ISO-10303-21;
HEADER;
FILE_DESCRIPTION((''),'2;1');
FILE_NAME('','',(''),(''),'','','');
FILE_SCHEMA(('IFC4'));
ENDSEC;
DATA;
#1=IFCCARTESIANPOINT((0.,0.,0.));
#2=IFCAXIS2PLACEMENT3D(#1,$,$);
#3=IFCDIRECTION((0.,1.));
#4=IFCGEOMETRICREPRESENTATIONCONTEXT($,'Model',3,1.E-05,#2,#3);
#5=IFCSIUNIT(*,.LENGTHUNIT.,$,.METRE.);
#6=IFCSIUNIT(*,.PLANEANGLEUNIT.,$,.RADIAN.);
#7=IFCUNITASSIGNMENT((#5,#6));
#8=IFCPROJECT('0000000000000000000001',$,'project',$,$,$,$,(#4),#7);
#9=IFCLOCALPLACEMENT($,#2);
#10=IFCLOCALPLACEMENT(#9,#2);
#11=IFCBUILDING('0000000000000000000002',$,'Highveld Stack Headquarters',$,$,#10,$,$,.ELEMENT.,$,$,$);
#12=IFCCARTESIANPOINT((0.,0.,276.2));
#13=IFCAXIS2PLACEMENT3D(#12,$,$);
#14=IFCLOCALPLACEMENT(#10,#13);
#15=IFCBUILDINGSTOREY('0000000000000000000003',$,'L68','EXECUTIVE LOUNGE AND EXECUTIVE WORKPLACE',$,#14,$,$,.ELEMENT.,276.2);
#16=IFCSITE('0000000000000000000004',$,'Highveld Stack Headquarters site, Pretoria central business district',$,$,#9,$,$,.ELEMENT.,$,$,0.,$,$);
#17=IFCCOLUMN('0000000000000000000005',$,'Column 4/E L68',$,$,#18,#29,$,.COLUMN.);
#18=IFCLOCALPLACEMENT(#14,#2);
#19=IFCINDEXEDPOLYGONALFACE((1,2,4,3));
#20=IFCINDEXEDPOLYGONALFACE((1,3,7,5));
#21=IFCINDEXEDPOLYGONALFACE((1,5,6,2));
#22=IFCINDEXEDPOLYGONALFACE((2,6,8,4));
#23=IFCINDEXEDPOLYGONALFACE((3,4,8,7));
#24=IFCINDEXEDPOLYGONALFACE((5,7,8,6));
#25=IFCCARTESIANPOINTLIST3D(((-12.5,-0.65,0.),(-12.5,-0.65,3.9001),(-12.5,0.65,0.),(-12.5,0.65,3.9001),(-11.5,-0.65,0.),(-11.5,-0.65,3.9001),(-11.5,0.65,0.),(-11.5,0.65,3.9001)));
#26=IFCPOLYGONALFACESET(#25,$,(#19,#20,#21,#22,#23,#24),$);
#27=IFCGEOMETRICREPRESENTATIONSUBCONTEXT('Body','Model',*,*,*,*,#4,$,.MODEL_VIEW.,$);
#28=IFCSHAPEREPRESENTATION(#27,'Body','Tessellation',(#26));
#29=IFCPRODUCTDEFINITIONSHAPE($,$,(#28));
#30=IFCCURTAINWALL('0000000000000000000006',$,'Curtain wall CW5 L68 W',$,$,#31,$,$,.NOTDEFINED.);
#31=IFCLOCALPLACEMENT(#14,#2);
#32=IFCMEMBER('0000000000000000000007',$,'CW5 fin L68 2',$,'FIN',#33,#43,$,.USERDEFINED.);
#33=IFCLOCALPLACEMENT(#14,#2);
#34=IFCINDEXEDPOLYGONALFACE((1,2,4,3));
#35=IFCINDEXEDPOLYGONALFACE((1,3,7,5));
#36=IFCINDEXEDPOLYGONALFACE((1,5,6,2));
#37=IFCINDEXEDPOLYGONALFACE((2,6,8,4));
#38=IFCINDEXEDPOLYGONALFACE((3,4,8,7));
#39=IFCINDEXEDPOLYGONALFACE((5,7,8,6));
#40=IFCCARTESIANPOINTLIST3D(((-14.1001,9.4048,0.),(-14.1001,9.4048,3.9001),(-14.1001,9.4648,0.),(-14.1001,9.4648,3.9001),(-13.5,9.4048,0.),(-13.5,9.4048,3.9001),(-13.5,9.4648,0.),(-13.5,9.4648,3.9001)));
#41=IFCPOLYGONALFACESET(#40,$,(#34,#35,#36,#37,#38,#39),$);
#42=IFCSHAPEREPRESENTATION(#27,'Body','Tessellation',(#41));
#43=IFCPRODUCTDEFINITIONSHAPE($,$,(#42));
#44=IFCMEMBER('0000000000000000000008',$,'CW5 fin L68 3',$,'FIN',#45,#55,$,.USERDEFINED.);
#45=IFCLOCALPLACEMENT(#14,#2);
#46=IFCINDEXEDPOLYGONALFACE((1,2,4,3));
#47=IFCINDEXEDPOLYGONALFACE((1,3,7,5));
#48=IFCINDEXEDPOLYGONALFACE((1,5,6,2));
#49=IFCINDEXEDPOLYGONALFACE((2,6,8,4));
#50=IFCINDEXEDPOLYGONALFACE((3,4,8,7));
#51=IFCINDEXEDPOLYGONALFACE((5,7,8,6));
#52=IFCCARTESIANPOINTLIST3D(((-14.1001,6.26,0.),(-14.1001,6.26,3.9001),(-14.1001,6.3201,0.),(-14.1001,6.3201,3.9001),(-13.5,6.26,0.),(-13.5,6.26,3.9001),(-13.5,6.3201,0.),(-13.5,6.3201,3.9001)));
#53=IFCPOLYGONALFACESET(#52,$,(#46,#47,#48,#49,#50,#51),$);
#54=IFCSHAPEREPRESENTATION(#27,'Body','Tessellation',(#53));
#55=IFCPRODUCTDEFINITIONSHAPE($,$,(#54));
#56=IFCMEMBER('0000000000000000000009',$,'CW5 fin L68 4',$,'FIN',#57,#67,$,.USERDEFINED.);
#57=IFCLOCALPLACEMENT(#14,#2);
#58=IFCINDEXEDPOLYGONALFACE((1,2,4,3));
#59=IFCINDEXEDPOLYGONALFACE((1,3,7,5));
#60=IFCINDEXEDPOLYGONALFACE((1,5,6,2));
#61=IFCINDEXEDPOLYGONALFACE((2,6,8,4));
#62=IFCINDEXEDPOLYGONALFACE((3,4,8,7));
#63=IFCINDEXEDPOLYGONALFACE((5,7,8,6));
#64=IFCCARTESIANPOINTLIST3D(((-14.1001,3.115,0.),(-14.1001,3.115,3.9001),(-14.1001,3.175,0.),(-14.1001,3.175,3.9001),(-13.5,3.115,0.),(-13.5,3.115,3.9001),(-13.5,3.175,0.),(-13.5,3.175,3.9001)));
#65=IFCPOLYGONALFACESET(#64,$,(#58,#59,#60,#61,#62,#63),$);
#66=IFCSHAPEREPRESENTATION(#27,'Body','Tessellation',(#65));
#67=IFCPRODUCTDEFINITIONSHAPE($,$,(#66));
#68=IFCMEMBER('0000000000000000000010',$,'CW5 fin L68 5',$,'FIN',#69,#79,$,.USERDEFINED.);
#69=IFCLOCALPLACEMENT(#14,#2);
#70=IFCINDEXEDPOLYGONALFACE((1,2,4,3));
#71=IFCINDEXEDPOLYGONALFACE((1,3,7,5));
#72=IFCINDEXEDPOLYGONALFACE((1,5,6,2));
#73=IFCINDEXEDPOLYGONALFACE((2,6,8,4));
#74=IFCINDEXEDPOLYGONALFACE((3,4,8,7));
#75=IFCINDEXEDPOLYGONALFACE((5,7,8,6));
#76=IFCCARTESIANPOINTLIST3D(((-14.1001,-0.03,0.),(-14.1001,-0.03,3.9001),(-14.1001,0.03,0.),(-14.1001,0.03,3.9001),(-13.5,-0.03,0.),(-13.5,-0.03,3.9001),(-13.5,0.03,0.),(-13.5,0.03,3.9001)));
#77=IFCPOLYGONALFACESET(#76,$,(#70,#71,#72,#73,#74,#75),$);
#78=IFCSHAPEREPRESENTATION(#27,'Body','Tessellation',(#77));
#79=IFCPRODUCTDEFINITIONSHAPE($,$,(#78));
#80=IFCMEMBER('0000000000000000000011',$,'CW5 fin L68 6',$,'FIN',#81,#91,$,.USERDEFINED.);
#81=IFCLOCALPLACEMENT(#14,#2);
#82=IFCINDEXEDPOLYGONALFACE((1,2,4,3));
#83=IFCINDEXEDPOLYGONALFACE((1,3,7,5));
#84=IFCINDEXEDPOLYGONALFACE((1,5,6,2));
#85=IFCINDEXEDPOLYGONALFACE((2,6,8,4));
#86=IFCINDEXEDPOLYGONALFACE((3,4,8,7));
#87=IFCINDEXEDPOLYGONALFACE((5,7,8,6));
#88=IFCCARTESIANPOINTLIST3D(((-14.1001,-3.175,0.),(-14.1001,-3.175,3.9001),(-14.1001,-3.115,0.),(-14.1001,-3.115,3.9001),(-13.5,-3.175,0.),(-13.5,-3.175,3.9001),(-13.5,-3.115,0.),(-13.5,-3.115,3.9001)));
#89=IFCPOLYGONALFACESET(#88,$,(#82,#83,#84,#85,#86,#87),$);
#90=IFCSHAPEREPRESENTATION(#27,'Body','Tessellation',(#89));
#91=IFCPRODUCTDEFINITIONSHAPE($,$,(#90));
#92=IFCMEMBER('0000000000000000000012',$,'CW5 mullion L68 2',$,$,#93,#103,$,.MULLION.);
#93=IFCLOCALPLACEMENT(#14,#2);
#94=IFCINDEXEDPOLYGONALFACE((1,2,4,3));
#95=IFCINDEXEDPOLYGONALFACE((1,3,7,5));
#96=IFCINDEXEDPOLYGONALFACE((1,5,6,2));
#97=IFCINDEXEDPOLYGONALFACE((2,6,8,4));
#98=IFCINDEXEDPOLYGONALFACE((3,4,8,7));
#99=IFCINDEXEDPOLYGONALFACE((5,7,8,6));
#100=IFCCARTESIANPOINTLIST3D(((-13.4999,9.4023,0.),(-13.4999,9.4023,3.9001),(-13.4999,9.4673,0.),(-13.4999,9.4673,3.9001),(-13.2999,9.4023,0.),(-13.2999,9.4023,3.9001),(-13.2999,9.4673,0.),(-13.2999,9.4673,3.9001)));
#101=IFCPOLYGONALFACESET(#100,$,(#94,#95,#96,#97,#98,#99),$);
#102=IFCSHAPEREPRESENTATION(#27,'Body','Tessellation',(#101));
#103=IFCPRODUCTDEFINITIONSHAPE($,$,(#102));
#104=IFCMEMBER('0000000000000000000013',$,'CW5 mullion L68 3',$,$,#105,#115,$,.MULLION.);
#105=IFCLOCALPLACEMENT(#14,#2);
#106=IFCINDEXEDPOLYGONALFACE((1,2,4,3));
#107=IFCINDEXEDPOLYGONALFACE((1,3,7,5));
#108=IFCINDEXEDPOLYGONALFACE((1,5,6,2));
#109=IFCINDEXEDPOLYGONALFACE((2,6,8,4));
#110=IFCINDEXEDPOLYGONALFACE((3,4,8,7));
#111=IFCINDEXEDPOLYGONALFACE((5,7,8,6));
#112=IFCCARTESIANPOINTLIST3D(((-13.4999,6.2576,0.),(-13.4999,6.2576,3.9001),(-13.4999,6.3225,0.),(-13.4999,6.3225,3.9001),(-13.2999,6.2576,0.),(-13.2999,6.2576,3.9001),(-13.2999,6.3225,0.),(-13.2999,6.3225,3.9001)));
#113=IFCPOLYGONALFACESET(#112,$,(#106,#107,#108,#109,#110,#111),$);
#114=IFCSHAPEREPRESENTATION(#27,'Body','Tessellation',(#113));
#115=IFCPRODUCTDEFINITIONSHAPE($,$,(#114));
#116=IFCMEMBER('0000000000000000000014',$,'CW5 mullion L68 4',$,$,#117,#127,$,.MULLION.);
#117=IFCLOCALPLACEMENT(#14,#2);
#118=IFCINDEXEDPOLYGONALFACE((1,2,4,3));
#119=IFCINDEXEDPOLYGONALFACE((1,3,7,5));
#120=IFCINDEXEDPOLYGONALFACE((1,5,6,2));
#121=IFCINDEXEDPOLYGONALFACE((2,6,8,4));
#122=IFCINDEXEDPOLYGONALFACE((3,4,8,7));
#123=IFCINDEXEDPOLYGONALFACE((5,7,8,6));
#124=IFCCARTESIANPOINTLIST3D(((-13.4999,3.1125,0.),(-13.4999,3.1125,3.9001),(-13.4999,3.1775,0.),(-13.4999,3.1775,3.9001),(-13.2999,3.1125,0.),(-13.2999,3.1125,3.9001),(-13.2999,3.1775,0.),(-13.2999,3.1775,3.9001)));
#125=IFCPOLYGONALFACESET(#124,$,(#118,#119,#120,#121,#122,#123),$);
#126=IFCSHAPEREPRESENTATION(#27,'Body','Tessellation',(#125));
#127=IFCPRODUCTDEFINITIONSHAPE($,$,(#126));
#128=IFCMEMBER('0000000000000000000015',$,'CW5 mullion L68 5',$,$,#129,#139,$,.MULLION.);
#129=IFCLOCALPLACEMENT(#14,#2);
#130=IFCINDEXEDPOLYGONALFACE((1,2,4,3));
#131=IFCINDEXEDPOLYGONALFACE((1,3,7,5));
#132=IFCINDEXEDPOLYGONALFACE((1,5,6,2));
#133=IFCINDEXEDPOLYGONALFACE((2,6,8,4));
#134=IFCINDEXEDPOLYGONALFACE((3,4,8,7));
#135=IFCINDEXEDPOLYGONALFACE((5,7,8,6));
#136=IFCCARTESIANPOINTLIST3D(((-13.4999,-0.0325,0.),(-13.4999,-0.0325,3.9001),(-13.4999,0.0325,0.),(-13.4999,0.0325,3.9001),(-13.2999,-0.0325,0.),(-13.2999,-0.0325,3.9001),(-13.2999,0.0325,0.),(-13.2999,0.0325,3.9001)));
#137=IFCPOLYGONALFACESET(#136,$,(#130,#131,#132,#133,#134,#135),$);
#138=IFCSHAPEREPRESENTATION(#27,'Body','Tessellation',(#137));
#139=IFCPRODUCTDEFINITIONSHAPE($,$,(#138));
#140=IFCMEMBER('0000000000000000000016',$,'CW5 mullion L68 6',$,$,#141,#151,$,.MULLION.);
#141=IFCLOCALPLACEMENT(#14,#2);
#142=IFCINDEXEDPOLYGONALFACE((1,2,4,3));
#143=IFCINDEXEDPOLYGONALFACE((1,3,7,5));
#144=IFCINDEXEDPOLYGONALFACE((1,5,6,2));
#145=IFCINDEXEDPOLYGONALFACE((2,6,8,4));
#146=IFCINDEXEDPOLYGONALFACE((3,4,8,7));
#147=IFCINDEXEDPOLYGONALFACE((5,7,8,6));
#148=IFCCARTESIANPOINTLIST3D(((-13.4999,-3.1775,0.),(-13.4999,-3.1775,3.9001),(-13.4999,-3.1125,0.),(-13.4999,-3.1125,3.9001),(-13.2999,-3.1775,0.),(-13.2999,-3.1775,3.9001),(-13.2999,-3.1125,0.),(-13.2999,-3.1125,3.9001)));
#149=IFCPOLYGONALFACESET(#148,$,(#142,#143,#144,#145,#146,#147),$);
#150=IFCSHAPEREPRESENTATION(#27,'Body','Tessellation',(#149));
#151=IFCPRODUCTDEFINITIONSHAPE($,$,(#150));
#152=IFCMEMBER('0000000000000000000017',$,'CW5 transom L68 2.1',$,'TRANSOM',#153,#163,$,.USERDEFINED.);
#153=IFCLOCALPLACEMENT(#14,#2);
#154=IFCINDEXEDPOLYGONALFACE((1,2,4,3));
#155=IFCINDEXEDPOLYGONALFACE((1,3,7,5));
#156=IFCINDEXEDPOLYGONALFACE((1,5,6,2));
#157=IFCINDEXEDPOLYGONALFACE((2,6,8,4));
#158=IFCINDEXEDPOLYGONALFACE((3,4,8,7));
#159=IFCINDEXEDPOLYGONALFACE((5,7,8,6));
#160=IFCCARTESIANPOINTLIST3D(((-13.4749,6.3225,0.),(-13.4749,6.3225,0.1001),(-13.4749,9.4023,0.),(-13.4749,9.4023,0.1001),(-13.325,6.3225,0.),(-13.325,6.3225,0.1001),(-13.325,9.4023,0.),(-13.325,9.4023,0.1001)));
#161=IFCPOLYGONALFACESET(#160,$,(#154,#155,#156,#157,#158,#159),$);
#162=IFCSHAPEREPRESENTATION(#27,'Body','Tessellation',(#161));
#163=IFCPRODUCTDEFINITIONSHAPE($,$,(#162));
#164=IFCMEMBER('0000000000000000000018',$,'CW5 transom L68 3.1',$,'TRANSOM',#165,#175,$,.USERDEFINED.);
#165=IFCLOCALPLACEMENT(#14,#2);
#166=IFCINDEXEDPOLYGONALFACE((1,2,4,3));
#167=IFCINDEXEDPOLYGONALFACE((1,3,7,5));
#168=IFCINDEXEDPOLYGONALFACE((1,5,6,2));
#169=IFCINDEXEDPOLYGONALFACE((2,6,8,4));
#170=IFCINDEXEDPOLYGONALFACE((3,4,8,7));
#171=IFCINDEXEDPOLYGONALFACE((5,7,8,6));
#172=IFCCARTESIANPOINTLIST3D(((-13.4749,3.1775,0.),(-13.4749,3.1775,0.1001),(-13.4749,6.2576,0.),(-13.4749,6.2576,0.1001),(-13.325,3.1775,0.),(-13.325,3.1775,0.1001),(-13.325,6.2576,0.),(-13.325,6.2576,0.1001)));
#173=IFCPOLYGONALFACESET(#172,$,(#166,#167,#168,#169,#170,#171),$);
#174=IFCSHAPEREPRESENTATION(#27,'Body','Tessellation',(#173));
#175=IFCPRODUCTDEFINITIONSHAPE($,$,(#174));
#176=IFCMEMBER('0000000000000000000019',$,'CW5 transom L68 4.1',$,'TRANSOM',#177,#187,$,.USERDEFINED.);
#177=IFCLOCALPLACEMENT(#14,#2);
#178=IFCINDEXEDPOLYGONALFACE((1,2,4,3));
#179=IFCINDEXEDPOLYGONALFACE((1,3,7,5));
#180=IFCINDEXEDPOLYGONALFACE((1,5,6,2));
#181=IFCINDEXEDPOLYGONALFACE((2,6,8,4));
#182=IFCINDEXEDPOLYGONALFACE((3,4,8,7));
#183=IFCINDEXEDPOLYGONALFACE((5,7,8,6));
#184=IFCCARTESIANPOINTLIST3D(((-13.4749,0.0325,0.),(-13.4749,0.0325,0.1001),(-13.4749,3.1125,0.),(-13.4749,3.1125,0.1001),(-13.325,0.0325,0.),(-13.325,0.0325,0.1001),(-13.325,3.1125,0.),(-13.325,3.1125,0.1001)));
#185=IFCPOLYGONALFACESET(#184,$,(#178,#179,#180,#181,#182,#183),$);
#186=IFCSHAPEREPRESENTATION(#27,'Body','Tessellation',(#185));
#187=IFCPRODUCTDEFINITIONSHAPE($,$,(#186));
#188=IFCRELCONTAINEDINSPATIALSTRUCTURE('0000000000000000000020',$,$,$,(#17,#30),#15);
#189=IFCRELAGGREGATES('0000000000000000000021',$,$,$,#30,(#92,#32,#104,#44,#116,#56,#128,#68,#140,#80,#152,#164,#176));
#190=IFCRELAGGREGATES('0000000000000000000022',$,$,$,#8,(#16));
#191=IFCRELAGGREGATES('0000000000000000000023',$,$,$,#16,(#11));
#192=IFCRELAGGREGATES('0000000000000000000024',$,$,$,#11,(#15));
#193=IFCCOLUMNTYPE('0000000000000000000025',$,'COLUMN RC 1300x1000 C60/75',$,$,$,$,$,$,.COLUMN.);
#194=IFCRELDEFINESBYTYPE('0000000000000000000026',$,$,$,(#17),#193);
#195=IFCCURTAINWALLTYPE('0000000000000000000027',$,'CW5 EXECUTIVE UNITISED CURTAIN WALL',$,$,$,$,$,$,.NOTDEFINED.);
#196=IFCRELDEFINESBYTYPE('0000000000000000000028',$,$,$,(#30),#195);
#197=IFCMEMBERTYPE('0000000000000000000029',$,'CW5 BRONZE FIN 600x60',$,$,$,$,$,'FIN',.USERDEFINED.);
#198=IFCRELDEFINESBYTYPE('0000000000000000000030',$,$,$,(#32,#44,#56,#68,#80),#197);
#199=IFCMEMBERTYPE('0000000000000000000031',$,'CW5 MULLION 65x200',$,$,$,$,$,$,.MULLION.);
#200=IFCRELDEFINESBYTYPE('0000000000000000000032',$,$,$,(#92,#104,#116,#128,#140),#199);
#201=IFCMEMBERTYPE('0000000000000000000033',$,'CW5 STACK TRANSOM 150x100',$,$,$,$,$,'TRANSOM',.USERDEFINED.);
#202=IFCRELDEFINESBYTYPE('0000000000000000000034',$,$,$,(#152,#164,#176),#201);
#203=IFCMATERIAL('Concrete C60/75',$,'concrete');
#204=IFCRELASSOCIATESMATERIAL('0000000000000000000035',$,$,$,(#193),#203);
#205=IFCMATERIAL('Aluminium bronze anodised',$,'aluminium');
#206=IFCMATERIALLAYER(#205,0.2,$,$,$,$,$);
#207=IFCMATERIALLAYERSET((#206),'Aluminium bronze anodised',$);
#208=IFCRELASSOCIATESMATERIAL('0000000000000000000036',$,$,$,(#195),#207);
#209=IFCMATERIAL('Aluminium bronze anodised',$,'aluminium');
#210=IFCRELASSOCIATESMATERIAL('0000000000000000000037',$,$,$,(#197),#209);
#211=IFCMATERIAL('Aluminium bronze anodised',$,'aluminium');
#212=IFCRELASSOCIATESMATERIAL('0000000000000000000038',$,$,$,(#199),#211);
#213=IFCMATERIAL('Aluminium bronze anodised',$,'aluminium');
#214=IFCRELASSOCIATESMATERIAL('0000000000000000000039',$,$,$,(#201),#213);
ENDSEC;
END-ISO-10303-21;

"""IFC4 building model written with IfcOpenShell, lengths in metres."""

from ifc_helpers import new_model, si_unit, direction, frame, origin, origin_2d, place, context, subcontext, project, spatial, rectangle, extrude, material, layer, layer_set, material_profile, profile_set, type_object, element, aggregate, save


model = new_model("IFC4")

# Units and contexts
model_context = context("Model", 3, precision=1e-05, world=origin(), true_north=direction((0.0, 1.0)))
body_context = subcontext(model_context, "Body", "Model", "MODEL_VIEW")
ifc_project = project(units=[si_unit("LENGTHUNIT", "METRE"), si_unit("PLANEANGLEUNIT", "RADIAN")], contexts=[model_context])

# Site, building, storey
site_placement = place(None, origin())
site = spatial("IfcSite", under=ifc_project, at=site_placement, Name="Highveld Stack Headquarters site, Pretoria central business district", CompositionType="ELEMENT", RefElevation=0.0)
building_placement = place(site_placement, origin())
building = spatial("IfcBuilding", under=site, at=building_placement, Name="Highveld Stack Headquarters", CompositionType="ELEMENT")
storey_placement = place(building_placement, frame((0.0, 0.0, 276.2)))
storey = spatial("IfcBuildingStorey", under=building, at=storey_placement, Name="L68", Description="EXECUTIVE LOUNGE AND EXECUTIVE WORKPLACE", CompositionType="ELEMENT", Elevation=276.2)

# Column
ifc_material_1 = material(Name="Concrete C60/75", Category="concrete")
ifc_material_profile_1 = material_profile(ifc_material_1, rectangle(XDim=1.3, YDim=1.0, at=origin_2d()), Name="RC 1300x1000")
ifc_profile_set_1 = profile_set([ifc_material_profile_1], Name="Concrete C60/75")
column_type = type_object("IfcColumnType", Name="COLUMN RC 1300x1000 C60/75", PredefinedType="COLUMN", material=ifc_profile_set_1)
column_placement = place(storey_placement, frame((-12.0, 0.0, 0.0), z_axis=(0.0, 0.0, 1.0), x_axis=(0.0, 1.0, 0.0)))
element("IfcColumn", 1, at=column_placement, inside=storey, type_object=column_type, Name="Column 4/E L68", PredefinedType="COLUMN", context=body_context, shape_type="SweptSolid", body=[
    extrude(rectangle(XDim=1.3, YDim=1.0, at=origin_2d()), origin(), (0.0, 0.0, 1.0), 3.9001),
])

# Curtain wall, members
ifc_material_2 = material(Name="Aluminium bronze anodised", Category="aluminium")
ifc_layer_1 = layer(ifc_material_2, 0.2)
ifc_layer_set_1 = layer_set([ifc_layer_1], Name="Aluminium bronze anodised")
curtain_wall_type = type_object("IfcCurtainWallType", Name="CW5 EXECUTIVE UNITISED CURTAIN WALL", PredefinedType="NOTDEFINED", material=ifc_layer_set_1)
curtain_wall_placement = place(storey_placement, origin())
curtain_wall = element("IfcCurtainWall", 2, at=curtain_wall_placement, inside=storey, type_object=curtain_wall_type, Name="Curtain wall CW5 L68 W", PredefinedType="NOTDEFINED")
ifc_material_3 = material(Name="Aluminium bronze anodised", Category="aluminium")
ifc_material_profile_2 = material_profile(ifc_material_3, rectangle(XDim=0.6001, YDim=0.0601, at=origin_2d()), Name="FIN 600x60")
ifc_profile_set_2 = profile_set([ifc_material_profile_2], Name="Aluminium bronze anodised")
member_type_1 = type_object("IfcMemberType", Name="CW5 BRONZE FIN 600x60", ElementType="FIN", PredefinedType="USERDEFINED", material=ifc_profile_set_2)
member_1_placement = place(storey_placement, frame((-13.8, 9.4348, 0.0), z_axis=(0.0, 0.0, 1.0), x_axis=(1.0, 0.0, 0.0)))
member_1 = element("IfcMember", 3, at=member_1_placement, type_object=member_type_1, Name="CW5 fin L68 2", ObjectType="FIN", PredefinedType="USERDEFINED", context=body_context, shape_type="SweptSolid", body=[
    extrude(rectangle(XDim=0.6001, YDim=0.0601, at=origin_2d()), origin(), (0.0, 0.0, 1.0), 3.9001),
])
member_2_placement = place(storey_placement, frame((-13.8, 6.29, 0.0), z_axis=(0.0, 0.0, 1.0), x_axis=(1.0, 0.0, 0.0)))
member_2 = element("IfcMember", 4, at=member_2_placement, type_object=member_type_1, Name="CW5 fin L68 3", ObjectType="FIN", PredefinedType="USERDEFINED", context=body_context, shape_type="SweptSolid", body=[
    extrude(rectangle(XDim=0.6001, YDim=0.0601, at=origin_2d()), origin(), (0.0, 0.0, 1.0), 3.9001),
])
member_3_placement = place(storey_placement, frame((-13.8, 3.145, 0.0), z_axis=(0.0, 0.0, 1.0), x_axis=(1.0, 0.0, 0.0)))
member_3 = element("IfcMember", 5, at=member_3_placement, type_object=member_type_1, Name="CW5 fin L68 4", ObjectType="FIN", PredefinedType="USERDEFINED", context=body_context, shape_type="SweptSolid", body=[
    extrude(rectangle(XDim=0.6001, YDim=0.0601, at=origin_2d()), origin(), (0.0, 0.0, 1.0), 3.9001),
])
member_4_placement = place(storey_placement, frame((-13.8, 0.0, 0.0), z_axis=(0.0, 0.0, 1.0), x_axis=(1.0, 0.0, 0.0)))
member_4 = element("IfcMember", 6, at=member_4_placement, type_object=member_type_1, Name="CW5 fin L68 5", ObjectType="FIN", PredefinedType="USERDEFINED", context=body_context, shape_type="SweptSolid", body=[
    extrude(rectangle(XDim=0.6001, YDim=0.0601, at=origin_2d()), origin(), (0.0, 0.0, 1.0), 3.9001),
])
member_5_placement = place(storey_placement, frame((-13.8, -3.145, 0.0), z_axis=(0.0, 0.0, 1.0), x_axis=(1.0, 0.0, 0.0)))
member_5 = element("IfcMember", 7, at=member_5_placement, type_object=member_type_1, Name="CW5 fin L68 6", ObjectType="FIN", PredefinedType="USERDEFINED", context=body_context, shape_type="SweptSolid", body=[
    extrude(rectangle(XDim=0.6001, YDim=0.0601, at=origin_2d()), origin(), (0.0, 0.0, 1.0), 3.9001),
])
ifc_material_4 = material(Name="Aluminium bronze anodised", Category="aluminium")
ifc_material_profile_3 = material_profile(ifc_material_4, rectangle(XDim=0.2, YDim=0.0649, at=origin_2d()), Name="CW5 MULLION 65x200")
ifc_profile_set_3 = profile_set([ifc_material_profile_3], Name="Aluminium bronze anodised")
member_type_2 = type_object("IfcMemberType", Name="CW5 MULLION 65x200", PredefinedType="MULLION", material=ifc_profile_set_3)
member_6_placement = place(storey_placement, frame((-13.3999, 9.4348, 0.0), z_axis=(0.0, 0.0, 1.0), x_axis=(1.0, 0.0, 0.0)))
member_6 = element("IfcMember", 8, at=member_6_placement, type_object=member_type_2, Name="CW5 mullion L68 2", PredefinedType="MULLION", context=body_context, shape_type="SweptSolid", body=[
    extrude(rectangle(XDim=0.2, YDim=0.0649, at=origin_2d()), origin(), (0.0, 0.0, 1.0), 3.9001),
])
member_7_placement = place(storey_placement, frame((-13.3999, 6.29, 0.0), z_axis=(0.0, 0.0, 1.0), x_axis=(1.0, 0.0, 0.0)))
member_7 = element("IfcMember", 9, at=member_7_placement, type_object=member_type_2, Name="CW5 mullion L68 3", PredefinedType="MULLION", context=body_context, shape_type="SweptSolid", body=[
    extrude(rectangle(XDim=0.2, YDim=0.0649, at=origin_2d()), origin(), (0.0, 0.0, 1.0), 3.9001),
])
member_8_placement = place(storey_placement, frame((-13.3999, 3.145, 0.0), z_axis=(0.0, 0.0, 1.0), x_axis=(1.0, 0.0, 0.0)))
member_8 = element("IfcMember", 10, at=member_8_placement, type_object=member_type_2, Name="CW5 mullion L68 4", PredefinedType="MULLION", context=body_context, shape_type="SweptSolid", body=[
    extrude(rectangle(XDim=0.2, YDim=0.0649, at=origin_2d()), origin(), (0.0, 0.0, 1.0), 3.9001),
])
member_9_placement = place(storey_placement, frame((-13.3999, 0.0, 0.0), z_axis=(0.0, 0.0, 1.0), x_axis=(1.0, 0.0, 0.0)))
member_9 = element("IfcMember", 11, at=member_9_placement, type_object=member_type_2, Name="CW5 mullion L68 5", PredefinedType="MULLION", context=body_context, shape_type="SweptSolid", body=[
    extrude(rectangle(XDim=0.2, YDim=0.0649, at=origin_2d()), origin(), (0.0, 0.0, 1.0), 3.9001),
])
member_10_placement = place(storey_placement, frame((-13.3999, -3.145, 0.0), z_axis=(0.0, 0.0, 1.0), x_axis=(1.0, 0.0, 0.0)))
member_10 = element("IfcMember", 12, at=member_10_placement, type_object=member_type_2, Name="CW5 mullion L68 6", PredefinedType="MULLION", context=body_context, shape_type="SweptSolid", body=[
    extrude(rectangle(XDim=0.2, YDim=0.0649, at=origin_2d()), origin(), (0.0, 0.0, 1.0), 3.9001),
])
ifc_material_5 = material(Name="Aluminium bronze anodised", Category="aluminium")
ifc_material_profile_4 = material_profile(ifc_material_5, rectangle(XDim=0.1499, YDim=0.1001, at=origin_2d()), Name="CW5 TRANSOM 150x100")
ifc_profile_set_4 = profile_set([ifc_material_profile_4], Name="Aluminium bronze anodised")
member_type_3 = type_object("IfcMemberType", Name="CW5 STACK TRANSOM 150x100", ElementType="TRANSOM", PredefinedType="USERDEFINED", material=ifc_profile_set_4)
member_11_placement = place(storey_placement, frame((-13.3999, 9.4023, 0.05), z_axis=(0.0, -1.0, 0.0), x_axis=(1.0, 0.0, 0.0)))
member_11 = element("IfcMember", 13, at=member_11_placement, type_object=member_type_3, Name="CW5 transom L68 2.1", ObjectType="TRANSOM", PredefinedType="USERDEFINED", context=body_context, shape_type="SweptSolid", body=[
    extrude(rectangle(XDim=0.1499, YDim=0.1001, at=origin_2d()), origin(), (0.0, 0.0, 1.0), 3.0798),
])
member_12_placement = place(storey_placement, frame((-13.3999, 6.2576, 0.05), z_axis=(0.0, -1.0, 0.0), x_axis=(1.0, 0.0, 0.0)))
member_12 = element("IfcMember", 14, at=member_12_placement, type_object=member_type_3, Name="CW5 transom L68 3.1", ObjectType="TRANSOM", PredefinedType="USERDEFINED", context=body_context, shape_type="SweptSolid", body=[
    extrude(rectangle(XDim=0.1499, YDim=0.1001, at=origin_2d()), origin(), (0.0, 0.0, 1.0), 3.0801),
])
member_13_placement = place(storey_placement, frame((-13.3999, 3.1125, 0.05), z_axis=(0.0, -1.0, 0.0), x_axis=(1.0, 0.0, 0.0)))
member_13 = element("IfcMember", 15, at=member_13_placement, type_object=member_type_3, Name="CW5 transom L68 4.1", ObjectType="TRANSOM", PredefinedType="USERDEFINED", context=body_context, shape_type="SweptSolid", body=[
    extrude(rectangle(XDim=0.1499, YDim=0.1001, at=origin_2d()), origin(), (0.0, 0.0, 1.0), 3.0801),
])
aggregate(curtain_wall, [member_6, member_1, member_7, member_2, member_8, member_3, member_9, member_4, member_10, member_5, member_11, member_12, member_13])

save(model, "model.ifc")
